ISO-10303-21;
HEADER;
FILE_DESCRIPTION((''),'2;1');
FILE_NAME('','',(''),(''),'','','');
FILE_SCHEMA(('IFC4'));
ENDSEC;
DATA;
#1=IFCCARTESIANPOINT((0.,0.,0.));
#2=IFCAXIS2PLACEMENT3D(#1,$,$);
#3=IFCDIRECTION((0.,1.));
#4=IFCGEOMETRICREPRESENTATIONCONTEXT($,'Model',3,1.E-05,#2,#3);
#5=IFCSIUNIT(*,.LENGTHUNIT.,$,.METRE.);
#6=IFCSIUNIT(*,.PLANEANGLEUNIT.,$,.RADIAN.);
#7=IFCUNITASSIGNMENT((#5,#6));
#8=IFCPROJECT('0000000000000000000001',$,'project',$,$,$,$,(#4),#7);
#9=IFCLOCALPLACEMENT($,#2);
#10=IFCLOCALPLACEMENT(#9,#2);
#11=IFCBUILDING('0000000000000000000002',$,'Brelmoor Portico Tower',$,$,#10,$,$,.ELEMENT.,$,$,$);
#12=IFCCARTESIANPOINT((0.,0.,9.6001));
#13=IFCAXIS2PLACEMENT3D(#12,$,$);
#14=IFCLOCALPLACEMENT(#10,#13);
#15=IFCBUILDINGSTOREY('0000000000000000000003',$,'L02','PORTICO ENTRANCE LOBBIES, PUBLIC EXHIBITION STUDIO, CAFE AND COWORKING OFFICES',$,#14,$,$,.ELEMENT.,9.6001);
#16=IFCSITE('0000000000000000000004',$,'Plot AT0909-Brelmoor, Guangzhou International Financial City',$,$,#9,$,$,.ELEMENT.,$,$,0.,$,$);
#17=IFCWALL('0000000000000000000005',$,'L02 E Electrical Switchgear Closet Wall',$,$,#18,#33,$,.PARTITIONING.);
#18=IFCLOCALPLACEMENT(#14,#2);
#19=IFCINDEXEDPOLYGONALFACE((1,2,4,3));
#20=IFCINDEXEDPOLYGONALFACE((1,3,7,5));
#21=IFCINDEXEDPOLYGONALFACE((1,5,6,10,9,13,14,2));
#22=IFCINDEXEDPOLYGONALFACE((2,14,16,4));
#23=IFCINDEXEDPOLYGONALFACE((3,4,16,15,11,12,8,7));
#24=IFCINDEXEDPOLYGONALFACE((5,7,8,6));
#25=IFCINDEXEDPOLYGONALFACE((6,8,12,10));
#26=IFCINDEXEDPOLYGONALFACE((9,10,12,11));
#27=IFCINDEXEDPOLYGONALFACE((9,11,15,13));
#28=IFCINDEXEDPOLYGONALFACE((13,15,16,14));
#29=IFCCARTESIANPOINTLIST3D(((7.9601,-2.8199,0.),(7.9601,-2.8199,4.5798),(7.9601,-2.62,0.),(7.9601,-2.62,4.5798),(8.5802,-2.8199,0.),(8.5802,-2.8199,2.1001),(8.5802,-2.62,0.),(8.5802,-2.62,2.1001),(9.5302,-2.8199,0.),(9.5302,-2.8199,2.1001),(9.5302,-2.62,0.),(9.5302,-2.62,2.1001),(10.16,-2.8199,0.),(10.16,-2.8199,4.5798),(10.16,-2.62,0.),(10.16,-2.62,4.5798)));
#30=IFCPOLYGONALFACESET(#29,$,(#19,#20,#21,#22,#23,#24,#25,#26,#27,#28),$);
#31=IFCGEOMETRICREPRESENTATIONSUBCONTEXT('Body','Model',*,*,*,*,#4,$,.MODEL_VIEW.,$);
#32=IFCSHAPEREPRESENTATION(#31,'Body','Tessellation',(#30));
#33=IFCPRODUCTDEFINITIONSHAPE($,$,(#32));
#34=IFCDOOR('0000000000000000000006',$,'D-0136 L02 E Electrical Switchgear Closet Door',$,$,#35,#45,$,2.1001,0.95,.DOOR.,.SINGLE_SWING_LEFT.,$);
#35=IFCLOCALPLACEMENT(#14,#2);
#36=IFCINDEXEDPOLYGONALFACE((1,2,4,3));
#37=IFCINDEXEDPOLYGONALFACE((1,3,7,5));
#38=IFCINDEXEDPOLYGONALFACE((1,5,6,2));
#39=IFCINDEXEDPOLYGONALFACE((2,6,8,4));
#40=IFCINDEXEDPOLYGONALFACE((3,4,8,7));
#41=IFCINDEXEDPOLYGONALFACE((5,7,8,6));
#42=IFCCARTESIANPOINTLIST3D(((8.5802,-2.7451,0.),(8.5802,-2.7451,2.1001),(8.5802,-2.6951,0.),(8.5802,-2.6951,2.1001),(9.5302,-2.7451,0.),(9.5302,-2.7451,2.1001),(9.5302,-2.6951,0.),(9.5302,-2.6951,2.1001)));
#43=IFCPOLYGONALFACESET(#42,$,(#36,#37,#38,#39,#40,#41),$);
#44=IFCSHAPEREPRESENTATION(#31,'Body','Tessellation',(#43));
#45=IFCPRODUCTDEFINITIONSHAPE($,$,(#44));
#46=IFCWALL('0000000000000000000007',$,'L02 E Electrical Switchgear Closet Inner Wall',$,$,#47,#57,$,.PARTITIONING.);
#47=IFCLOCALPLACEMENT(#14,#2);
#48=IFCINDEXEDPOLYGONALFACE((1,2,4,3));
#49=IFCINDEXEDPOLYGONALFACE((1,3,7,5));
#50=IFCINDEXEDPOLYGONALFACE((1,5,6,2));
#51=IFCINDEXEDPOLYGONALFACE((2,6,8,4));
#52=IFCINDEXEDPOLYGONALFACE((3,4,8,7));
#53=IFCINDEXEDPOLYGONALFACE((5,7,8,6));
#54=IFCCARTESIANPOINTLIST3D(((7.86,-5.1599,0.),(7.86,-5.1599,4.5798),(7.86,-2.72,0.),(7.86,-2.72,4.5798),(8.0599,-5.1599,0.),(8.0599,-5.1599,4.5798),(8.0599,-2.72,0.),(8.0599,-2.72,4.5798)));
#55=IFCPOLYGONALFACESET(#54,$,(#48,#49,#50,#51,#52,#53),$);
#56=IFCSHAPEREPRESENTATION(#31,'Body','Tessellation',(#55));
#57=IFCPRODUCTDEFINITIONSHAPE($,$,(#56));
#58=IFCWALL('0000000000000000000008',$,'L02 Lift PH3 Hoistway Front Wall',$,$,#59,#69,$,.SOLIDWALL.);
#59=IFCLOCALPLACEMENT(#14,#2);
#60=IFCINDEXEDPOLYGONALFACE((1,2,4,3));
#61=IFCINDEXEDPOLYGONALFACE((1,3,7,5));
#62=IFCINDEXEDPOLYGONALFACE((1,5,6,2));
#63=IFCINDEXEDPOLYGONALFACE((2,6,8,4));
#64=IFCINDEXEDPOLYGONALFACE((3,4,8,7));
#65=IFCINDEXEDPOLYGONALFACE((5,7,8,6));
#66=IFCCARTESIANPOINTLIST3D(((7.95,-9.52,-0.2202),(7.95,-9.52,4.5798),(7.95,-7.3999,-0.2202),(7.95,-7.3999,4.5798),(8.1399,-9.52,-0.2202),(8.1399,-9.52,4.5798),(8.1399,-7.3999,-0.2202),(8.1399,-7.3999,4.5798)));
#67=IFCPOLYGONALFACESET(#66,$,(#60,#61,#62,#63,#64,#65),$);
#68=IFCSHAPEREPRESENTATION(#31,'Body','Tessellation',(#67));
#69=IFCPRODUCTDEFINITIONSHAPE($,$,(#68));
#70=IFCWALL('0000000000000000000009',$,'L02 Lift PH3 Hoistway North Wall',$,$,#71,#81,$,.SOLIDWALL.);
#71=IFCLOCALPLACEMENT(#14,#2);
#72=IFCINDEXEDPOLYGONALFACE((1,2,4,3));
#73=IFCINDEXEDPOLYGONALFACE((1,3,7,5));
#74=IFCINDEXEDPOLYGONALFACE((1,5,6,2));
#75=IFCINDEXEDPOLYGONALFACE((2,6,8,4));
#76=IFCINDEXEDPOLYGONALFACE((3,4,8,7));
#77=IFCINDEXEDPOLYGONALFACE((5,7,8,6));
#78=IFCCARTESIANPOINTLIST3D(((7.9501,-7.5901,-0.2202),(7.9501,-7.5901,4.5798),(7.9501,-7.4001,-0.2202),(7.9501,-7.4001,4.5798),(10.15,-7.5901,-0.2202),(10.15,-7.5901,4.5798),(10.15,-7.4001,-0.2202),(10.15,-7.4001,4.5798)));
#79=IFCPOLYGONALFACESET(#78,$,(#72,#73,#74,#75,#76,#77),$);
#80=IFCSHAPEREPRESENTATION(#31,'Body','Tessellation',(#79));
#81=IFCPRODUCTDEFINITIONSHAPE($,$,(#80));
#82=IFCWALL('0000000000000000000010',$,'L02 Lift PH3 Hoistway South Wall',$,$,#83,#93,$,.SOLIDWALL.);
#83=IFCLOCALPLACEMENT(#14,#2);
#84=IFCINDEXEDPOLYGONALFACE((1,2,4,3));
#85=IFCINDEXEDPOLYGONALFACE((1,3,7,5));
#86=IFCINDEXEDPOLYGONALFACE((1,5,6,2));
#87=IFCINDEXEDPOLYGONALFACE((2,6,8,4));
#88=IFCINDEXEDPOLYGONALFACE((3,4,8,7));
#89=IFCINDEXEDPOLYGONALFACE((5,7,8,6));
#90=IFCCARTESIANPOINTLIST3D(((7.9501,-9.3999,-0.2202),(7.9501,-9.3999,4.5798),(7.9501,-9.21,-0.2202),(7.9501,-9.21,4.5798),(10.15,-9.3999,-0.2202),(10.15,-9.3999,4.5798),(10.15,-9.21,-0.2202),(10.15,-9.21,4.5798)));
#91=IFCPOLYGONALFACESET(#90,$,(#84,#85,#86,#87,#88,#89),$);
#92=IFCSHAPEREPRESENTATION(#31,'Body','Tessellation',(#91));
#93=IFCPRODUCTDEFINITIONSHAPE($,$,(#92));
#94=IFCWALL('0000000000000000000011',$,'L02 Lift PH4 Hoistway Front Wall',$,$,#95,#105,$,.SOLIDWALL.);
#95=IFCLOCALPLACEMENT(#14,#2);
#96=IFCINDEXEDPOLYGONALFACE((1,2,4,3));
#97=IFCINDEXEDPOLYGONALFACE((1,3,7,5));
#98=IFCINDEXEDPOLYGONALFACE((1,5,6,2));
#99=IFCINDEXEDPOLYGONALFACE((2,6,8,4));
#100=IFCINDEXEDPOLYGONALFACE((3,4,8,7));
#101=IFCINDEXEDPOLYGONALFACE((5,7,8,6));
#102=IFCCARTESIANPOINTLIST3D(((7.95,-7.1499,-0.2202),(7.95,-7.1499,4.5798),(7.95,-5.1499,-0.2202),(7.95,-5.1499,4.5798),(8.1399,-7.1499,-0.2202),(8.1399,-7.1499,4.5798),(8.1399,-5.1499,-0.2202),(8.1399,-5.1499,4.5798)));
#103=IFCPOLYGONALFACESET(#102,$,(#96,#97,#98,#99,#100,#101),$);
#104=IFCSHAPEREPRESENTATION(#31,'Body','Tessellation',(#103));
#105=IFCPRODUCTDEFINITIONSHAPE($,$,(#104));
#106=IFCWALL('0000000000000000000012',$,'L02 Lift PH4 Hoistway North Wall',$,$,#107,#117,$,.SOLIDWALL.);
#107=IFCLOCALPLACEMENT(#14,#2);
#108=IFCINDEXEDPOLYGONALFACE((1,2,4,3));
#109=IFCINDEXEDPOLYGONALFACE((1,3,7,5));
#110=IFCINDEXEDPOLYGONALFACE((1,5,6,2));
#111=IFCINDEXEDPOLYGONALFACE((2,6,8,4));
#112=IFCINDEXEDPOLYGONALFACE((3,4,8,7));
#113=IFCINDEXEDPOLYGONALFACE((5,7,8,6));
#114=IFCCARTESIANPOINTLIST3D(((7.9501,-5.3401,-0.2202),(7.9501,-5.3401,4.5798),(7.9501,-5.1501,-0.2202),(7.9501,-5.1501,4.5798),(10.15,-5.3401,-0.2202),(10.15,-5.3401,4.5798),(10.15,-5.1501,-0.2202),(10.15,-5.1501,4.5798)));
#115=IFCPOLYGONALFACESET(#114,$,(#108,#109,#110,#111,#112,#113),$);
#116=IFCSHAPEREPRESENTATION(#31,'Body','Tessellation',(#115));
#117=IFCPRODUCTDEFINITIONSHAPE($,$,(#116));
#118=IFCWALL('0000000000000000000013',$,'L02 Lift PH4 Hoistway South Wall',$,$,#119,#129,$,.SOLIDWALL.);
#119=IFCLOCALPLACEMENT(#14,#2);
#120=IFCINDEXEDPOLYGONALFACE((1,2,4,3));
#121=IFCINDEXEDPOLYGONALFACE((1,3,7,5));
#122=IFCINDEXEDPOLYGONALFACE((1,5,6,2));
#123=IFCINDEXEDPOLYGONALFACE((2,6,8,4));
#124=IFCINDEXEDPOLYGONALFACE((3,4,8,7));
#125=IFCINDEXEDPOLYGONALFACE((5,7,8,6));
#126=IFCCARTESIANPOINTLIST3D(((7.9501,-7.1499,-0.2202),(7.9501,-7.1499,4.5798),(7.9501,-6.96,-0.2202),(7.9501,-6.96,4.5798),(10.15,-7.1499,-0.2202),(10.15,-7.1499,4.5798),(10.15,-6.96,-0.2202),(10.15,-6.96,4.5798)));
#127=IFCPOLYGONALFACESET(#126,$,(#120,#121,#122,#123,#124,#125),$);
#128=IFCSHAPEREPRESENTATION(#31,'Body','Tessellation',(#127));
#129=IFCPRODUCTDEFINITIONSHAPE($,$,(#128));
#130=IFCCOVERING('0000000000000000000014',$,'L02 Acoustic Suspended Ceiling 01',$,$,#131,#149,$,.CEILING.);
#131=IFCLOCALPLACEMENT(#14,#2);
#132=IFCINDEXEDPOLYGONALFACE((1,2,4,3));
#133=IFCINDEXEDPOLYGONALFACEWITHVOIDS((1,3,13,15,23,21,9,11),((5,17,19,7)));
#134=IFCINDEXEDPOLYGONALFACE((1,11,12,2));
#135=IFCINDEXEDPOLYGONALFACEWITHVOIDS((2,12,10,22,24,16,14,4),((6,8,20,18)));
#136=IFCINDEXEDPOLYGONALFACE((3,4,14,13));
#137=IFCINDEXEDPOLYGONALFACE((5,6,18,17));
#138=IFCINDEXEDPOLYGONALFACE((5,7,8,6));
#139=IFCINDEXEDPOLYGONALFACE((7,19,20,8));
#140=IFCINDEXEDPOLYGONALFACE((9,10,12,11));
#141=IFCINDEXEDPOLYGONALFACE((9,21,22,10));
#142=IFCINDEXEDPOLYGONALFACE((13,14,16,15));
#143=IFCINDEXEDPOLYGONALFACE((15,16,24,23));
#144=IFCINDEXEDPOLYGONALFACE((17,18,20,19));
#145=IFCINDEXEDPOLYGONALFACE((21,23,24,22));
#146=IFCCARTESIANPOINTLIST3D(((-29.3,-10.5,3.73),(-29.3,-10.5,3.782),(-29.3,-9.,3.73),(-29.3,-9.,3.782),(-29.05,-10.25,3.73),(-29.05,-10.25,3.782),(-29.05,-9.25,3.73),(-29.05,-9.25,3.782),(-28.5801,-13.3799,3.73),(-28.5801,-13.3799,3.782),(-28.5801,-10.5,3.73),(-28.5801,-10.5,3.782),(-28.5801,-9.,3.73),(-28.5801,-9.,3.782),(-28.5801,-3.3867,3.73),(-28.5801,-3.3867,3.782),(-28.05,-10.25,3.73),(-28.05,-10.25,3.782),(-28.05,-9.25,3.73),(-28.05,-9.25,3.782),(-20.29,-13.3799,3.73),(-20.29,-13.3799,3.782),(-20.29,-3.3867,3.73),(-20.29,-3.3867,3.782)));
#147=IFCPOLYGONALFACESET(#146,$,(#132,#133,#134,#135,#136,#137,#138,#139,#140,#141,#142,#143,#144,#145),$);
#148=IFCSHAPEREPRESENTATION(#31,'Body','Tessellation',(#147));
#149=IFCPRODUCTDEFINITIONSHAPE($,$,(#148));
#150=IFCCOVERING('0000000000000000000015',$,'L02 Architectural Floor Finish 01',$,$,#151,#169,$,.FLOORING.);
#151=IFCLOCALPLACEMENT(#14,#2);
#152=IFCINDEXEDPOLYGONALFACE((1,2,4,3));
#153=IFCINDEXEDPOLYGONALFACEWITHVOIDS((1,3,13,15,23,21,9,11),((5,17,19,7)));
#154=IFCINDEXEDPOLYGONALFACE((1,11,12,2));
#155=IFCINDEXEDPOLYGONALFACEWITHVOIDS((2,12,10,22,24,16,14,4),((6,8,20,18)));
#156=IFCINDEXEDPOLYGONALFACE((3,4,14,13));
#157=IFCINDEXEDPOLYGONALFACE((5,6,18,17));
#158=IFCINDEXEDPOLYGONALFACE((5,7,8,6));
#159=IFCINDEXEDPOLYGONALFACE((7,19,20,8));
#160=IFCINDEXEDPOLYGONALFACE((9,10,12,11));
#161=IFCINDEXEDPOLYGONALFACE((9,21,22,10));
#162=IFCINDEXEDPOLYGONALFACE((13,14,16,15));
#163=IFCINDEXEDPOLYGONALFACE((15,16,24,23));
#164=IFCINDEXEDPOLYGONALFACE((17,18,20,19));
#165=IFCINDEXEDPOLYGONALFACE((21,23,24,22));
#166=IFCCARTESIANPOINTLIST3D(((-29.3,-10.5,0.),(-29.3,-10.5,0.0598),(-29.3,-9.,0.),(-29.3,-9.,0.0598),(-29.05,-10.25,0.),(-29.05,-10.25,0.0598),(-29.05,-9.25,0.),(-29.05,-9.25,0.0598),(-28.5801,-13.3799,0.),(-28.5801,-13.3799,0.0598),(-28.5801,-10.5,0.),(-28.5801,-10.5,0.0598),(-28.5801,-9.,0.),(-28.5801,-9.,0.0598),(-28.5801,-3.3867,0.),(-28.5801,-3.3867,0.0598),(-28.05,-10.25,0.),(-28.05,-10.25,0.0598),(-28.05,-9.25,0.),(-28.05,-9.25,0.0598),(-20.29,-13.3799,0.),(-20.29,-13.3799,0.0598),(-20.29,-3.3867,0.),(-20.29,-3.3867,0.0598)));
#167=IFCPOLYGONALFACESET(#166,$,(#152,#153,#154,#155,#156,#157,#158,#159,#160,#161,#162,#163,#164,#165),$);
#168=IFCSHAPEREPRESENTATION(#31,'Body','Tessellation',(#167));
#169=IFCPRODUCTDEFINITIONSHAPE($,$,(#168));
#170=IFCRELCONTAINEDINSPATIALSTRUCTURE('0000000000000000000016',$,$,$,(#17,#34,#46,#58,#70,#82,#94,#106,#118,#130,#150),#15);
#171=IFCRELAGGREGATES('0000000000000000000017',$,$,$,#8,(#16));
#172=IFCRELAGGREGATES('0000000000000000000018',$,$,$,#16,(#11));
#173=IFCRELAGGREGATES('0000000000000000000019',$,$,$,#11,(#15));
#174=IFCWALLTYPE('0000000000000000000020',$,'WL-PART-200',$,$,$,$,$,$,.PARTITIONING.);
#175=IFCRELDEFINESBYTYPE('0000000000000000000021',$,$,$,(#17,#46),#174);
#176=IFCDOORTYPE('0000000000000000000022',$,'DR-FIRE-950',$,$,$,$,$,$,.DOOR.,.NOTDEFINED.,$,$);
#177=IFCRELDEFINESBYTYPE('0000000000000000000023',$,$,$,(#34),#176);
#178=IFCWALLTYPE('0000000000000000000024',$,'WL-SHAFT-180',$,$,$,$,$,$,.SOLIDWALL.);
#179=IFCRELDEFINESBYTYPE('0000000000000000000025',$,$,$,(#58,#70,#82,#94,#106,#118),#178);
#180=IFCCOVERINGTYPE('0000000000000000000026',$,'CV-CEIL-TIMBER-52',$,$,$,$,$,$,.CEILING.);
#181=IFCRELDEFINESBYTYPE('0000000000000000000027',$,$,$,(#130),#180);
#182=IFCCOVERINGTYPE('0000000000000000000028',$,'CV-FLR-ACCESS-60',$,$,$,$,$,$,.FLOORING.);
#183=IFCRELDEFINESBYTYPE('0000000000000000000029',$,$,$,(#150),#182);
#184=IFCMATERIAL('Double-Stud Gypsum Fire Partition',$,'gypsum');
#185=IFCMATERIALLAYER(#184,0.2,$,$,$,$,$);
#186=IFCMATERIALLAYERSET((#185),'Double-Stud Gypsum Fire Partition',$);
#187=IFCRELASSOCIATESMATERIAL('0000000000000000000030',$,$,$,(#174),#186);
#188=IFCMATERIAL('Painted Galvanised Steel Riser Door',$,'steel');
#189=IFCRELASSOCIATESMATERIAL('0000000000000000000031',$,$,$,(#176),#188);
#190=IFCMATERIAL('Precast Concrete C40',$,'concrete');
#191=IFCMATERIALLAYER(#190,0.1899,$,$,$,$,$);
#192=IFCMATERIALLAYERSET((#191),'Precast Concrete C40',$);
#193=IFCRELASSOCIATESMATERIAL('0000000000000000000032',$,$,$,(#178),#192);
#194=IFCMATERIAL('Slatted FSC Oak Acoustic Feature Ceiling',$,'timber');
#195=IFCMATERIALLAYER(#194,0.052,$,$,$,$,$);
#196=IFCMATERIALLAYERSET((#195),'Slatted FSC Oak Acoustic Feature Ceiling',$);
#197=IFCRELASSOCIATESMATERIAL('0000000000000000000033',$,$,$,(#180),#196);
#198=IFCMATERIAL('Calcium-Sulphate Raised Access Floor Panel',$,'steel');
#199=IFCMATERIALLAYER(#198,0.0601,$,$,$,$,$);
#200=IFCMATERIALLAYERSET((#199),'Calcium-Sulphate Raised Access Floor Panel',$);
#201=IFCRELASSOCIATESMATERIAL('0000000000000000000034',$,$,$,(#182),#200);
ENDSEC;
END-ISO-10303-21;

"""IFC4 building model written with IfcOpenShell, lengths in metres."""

from ifc_helpers import new_model, si_unit, direction, frame, frame_2d, origin, place, context, subcontext, project, spatial, polyline, rectangle, outline, extrude, material, layer, layer_set, type_object, element, fill, save


model = new_model("IFC4")

# Units and contexts
model_context = context("Model", 3, precision=1e-05, world=origin(), true_north=direction((0.0, 1.0)))
body_context = subcontext(model_context, "Body", "Model", "MODEL_VIEW")
ifc_project = project(units=[si_unit("LENGTHUNIT", "METRE"), si_unit("PLANEANGLEUNIT", "RADIAN")], contexts=[model_context])

# Site, building, storey
site_placement = place(None, origin())
site = spatial("IfcSite", under=ifc_project, at=site_placement, Name="Plot AT0909-Brelmoor, Guangzhou International Financial City", CompositionType="ELEMENT", RefElevation=0.0)
building_placement = place(site_placement, origin())
building = spatial("IfcBuilding", under=site, at=building_placement, Name="Brelmoor Portico Tower", CompositionType="ELEMENT")
storey_placement = place(building_placement, frame((0.0, 0.0, 9.6001)))
storey = spatial("IfcBuildingStorey", under=building, at=storey_placement, Name="L02", Description="PORTICO ENTRANCE LOBBIES, PUBLIC EXHIBITION STUDIO, CAFE AND COWORKING OFFICES", CompositionType="ELEMENT", Elevation=9.6001)

# Wall, opening, door
ifc_material_1 = material(Name="Double-Stud Gypsum Fire Partition", Category="gypsum")
ifc_layer_1 = layer(ifc_material_1, 0.2)
ifc_layer_set_1 = layer_set([ifc_layer_1], Name="Double-Stud Gypsum Fire Partition")
wall_type_1 = type_object("IfcWallType", Name="WL-PART-200", PredefinedType="PARTITIONING", material=ifc_layer_set_1)
wall_1_placement = place(storey_placement, frame((7.96, -2.72, 0.0), z_axis=(0.0, 0.0, 1.0), x_axis=(1.0, 0.0, 0.0)))
wall_1 = element("IfcWall", 1, at=wall_1_placement, inside=storey, type_object=wall_type_1, Name="L02 E Electrical Switchgear Closet Wall", PredefinedType="PARTITIONING", context=body_context, shape_type="SweptSolid", body=[
    extrude(rectangle(XDim=2.2, YDim=0.2, at=frame_2d((1.1001, 0.0))), origin(), (0.0, 0.0, 1.0), 4.5798),
])
opening_1_placement = place(wall_1_placement, frame((0.6201, 0.0, 0.0)))
opening_1 = element("IfcOpeningElement", 2, at=opening_1_placement, cuts=wall_1, PredefinedType="OPENING", context=body_context, shape_type="SweptSolid", body=[
    extrude(rectangle(XDim=0.95, YDim=2.1001, at=frame_2d((0.4751, 1.05))), frame((0.0, 0.1099, 0.0), z_axis=(0.0, -1.0, 0.0), x_axis=(1.0, 0.0, 0.0)), (0.0, 0.0, 1.0), 0.22),
])
ifc_material_2 = material(Name="Painted Galvanised Steel Riser Door", Category="steel")
door_type_1 = type_object("IfcDoorType", Name="DR-FIRE-950", OperationType="NOTDEFINED", PredefinedType="DOOR", material=ifc_material_2)
door_1_placement = place(opening_1_placement, origin())
door_1 = element("IfcDoor", 3, at=door_1_placement, inside=storey, type_object=door_type_1, Name="D-0136 L02 E Electrical Switchgear Closet Door", OperationType="SINGLE_SWING_LEFT", OverallHeight=2.1001, OverallWidth=0.95, PredefinedType="DOOR", context=body_context, shape_type="SweptSolid", body=[
    extrude(rectangle(XDim=0.95, YDim=2.1001, at=frame_2d((0.4751, 1.05))), frame((0.0, 0.0249, 0.0), z_axis=(0.0, -1.0, 0.0), x_axis=(1.0, 0.0, 0.0)), (0.0, 0.0, 1.0), 0.05),
])
fill(opening_1, door_1)

# Wall
wall_2_placement = place(storey_placement, frame((7.96, -5.1599, 0.0), z_axis=(0.0, 0.0, 1.0), x_axis=(0.0, 1.0, 0.0)))
element("IfcWall", 4, at=wall_2_placement, inside=storey, type_object=wall_type_1, Name="L02 E Electrical Switchgear Closet Inner Wall", PredefinedType="PARTITIONING", context=body_context, shape_type="SweptSolid", body=[
    extrude(rectangle(XDim=2.4399, YDim=0.2, at=frame_2d((1.22, 0.0))), origin(), (0.0, 0.0, 1.0), 4.5798),
])

# Walls
ifc_material_3 = material(Name="Precast Concrete C40", Category="concrete")
ifc_layer_2 = layer(ifc_material_3, 0.1899)
ifc_layer_set_2 = layer_set([ifc_layer_2], Name="Precast Concrete C40")
wall_type_2 = type_object("IfcWallType", Name="WL-SHAFT-180", PredefinedType="SOLIDWALL", material=ifc_layer_set_2)
wall_3_placement = place(storey_placement, frame((8.0449, -9.52, -0.2202), z_axis=(0.0, 0.0, 1.0), x_axis=(0.0, 1.0, 0.0)))
element("IfcWall", 5, at=wall_3_placement, inside=storey, type_object=wall_type_2, Name="L02 Lift PH3 Hoistway Front Wall", PredefinedType="SOLIDWALL", context=body_context, shape_type="SweptSolid", body=[
    extrude(rectangle(XDim=2.1201, YDim=0.1899, at=frame_2d((1.0601, 0.0))), origin(), (0.0, 0.0, 1.0), 4.8),
])
for number, where, z_axis, x_axis, name in (
    (6, (7.95, -7.4951, -0.2202), (0.0, 0.0, 1.0), (1.0, 0.0, 0.0), "L02 Lift PH3 Hoistway North Wall"),
    (7, (7.95, -9.3049, -0.2202), (0.0, 0.0, 1.0), (1.0, 0.0, 0.0), "L02 Lift PH3 Hoistway South Wall"),
):
    element("IfcWall", number, at=place(storey_placement, frame(where, z_axis=z_axis, x_axis=x_axis)), inside=storey, type_object=wall_type_2, Name=name, PredefinedType="SOLIDWALL", context=body_context, shape_type="SweptSolid", body=[
        extrude(rectangle(XDim=2.2, YDim=0.1899, at=frame_2d((1.1001, 0.0))), origin(), (0.0, 0.0, 1.0), 4.8),
    ])
wall_4_placement = place(storey_placement, frame((8.0449, -7.1499, -0.2202), z_axis=(0.0, 0.0, 1.0), x_axis=(0.0, 1.0, 0.0)))
element("IfcWall", 8, at=wall_4_placement, inside=storey, type_object=wall_type_2, Name="L02 Lift PH4 Hoistway Front Wall", PredefinedType="SOLIDWALL", context=body_context, shape_type="SweptSolid", body=[
    extrude(rectangle(XDim=2.0, YDim=0.1899, at=frame_2d((1.0, 0.0))), origin(), (0.0, 0.0, 1.0), 4.8),
])
for number, where, z_axis, x_axis, name in (
    (9, (7.95, -5.2451, -0.2202), (0.0, 0.0, 1.0), (1.0, 0.0, 0.0), "L02 Lift PH4 Hoistway North Wall"),
    (10, (7.95, -7.0549, -0.2202), (0.0, 0.0, 1.0), (1.0, 0.0, 0.0), "L02 Lift PH4 Hoistway South Wall"),
):
    element("IfcWall", number, at=place(storey_placement, frame(where, z_axis=z_axis, x_axis=x_axis)), inside=storey, type_object=wall_type_2, Name=name, PredefinedType="SOLIDWALL", context=body_context, shape_type="SweptSolid", body=[
        extrude(rectangle(XDim=2.2, YDim=0.1899, at=frame_2d((1.1001, 0.0))), origin(), (0.0, 0.0, 1.0), 4.8),
    ])

# Coverings
ifc_material_4 = material(Name="Slatted FSC Oak Acoustic Feature Ceiling", Category="timber")
ifc_layer_3 = layer(ifc_material_4, 0.052)
ifc_layer_set_3 = layer_set([ifc_layer_3], Name="Slatted FSC Oak Acoustic Feature Ceiling")
covering_type_1 = type_object("IfcCoveringType", Name="CV-CEIL-TIMBER-52", PredefinedType="CEILING", material=ifc_layer_set_3)
covering_1_placement = place(storey_placement, frame((0.0, 0.0, 3.73)))
element("IfcCovering", 11, at=covering_1_placement, inside=storey, type_object=covering_type_1, Name="L02 Acoustic Suspended Ceiling 01", PredefinedType="CEILING", context=body_context, shape_type="SweptSolid", body=[
    extrude(outline(polyline([(-29.3, -9.0), (-28.5801, -9.0), (-28.5801, -3.3867), (-20.29, -3.3867), (-20.29, -13.3799), (-28.5801, -13.3799), (-28.5801, -10.5), (-29.3, -10.5), (-29.3, -9.0)]), holes=[polyline([(-29.05, -10.25), (-28.05, -10.25), (-28.05, -9.25), (-29.05, -9.25), (-29.05, -10.25)])]), origin(), (0.0, 0.0, 1.0), 0.052),
])
ifc_material_5 = material(Name="Calcium-Sulphate Raised Access Floor Panel", Category="steel")
ifc_layer_4 = layer(ifc_material_5, 0.0601)
ifc_layer_set_4 = layer_set([ifc_layer_4], Name="Calcium-Sulphate Raised Access Floor Panel")
covering_type_2 = type_object("IfcCoveringType", Name="CV-FLR-ACCESS-60", PredefinedType="FLOORING", material=ifc_layer_set_4)
covering_2_placement = place(storey_placement, origin())
element("IfcCovering", 12, at=covering_2_placement, inside=storey, type_object=covering_type_2, Name="L02 Architectural Floor Finish 01", PredefinedType="FLOORING", context=body_context, shape_type="SweptSolid", body=[
    extrude(outline(polyline([(-29.3, -9.0), (-28.5801, -9.0), (-28.5801, -3.3867), (-20.29, -3.3867), (-20.29, -13.3799), (-28.5801, -13.3799), (-28.5801, -10.5), (-29.3, -10.5), (-29.3, -9.0)]), holes=[polyline([(-29.05, -10.25), (-28.05, -10.25), (-28.05, -9.25), (-29.05, -9.25), (-29.05, -10.25)])]), origin(), (0.0, 0.0, 1.0), 0.0598),
])

save(model, "model.ifc")
